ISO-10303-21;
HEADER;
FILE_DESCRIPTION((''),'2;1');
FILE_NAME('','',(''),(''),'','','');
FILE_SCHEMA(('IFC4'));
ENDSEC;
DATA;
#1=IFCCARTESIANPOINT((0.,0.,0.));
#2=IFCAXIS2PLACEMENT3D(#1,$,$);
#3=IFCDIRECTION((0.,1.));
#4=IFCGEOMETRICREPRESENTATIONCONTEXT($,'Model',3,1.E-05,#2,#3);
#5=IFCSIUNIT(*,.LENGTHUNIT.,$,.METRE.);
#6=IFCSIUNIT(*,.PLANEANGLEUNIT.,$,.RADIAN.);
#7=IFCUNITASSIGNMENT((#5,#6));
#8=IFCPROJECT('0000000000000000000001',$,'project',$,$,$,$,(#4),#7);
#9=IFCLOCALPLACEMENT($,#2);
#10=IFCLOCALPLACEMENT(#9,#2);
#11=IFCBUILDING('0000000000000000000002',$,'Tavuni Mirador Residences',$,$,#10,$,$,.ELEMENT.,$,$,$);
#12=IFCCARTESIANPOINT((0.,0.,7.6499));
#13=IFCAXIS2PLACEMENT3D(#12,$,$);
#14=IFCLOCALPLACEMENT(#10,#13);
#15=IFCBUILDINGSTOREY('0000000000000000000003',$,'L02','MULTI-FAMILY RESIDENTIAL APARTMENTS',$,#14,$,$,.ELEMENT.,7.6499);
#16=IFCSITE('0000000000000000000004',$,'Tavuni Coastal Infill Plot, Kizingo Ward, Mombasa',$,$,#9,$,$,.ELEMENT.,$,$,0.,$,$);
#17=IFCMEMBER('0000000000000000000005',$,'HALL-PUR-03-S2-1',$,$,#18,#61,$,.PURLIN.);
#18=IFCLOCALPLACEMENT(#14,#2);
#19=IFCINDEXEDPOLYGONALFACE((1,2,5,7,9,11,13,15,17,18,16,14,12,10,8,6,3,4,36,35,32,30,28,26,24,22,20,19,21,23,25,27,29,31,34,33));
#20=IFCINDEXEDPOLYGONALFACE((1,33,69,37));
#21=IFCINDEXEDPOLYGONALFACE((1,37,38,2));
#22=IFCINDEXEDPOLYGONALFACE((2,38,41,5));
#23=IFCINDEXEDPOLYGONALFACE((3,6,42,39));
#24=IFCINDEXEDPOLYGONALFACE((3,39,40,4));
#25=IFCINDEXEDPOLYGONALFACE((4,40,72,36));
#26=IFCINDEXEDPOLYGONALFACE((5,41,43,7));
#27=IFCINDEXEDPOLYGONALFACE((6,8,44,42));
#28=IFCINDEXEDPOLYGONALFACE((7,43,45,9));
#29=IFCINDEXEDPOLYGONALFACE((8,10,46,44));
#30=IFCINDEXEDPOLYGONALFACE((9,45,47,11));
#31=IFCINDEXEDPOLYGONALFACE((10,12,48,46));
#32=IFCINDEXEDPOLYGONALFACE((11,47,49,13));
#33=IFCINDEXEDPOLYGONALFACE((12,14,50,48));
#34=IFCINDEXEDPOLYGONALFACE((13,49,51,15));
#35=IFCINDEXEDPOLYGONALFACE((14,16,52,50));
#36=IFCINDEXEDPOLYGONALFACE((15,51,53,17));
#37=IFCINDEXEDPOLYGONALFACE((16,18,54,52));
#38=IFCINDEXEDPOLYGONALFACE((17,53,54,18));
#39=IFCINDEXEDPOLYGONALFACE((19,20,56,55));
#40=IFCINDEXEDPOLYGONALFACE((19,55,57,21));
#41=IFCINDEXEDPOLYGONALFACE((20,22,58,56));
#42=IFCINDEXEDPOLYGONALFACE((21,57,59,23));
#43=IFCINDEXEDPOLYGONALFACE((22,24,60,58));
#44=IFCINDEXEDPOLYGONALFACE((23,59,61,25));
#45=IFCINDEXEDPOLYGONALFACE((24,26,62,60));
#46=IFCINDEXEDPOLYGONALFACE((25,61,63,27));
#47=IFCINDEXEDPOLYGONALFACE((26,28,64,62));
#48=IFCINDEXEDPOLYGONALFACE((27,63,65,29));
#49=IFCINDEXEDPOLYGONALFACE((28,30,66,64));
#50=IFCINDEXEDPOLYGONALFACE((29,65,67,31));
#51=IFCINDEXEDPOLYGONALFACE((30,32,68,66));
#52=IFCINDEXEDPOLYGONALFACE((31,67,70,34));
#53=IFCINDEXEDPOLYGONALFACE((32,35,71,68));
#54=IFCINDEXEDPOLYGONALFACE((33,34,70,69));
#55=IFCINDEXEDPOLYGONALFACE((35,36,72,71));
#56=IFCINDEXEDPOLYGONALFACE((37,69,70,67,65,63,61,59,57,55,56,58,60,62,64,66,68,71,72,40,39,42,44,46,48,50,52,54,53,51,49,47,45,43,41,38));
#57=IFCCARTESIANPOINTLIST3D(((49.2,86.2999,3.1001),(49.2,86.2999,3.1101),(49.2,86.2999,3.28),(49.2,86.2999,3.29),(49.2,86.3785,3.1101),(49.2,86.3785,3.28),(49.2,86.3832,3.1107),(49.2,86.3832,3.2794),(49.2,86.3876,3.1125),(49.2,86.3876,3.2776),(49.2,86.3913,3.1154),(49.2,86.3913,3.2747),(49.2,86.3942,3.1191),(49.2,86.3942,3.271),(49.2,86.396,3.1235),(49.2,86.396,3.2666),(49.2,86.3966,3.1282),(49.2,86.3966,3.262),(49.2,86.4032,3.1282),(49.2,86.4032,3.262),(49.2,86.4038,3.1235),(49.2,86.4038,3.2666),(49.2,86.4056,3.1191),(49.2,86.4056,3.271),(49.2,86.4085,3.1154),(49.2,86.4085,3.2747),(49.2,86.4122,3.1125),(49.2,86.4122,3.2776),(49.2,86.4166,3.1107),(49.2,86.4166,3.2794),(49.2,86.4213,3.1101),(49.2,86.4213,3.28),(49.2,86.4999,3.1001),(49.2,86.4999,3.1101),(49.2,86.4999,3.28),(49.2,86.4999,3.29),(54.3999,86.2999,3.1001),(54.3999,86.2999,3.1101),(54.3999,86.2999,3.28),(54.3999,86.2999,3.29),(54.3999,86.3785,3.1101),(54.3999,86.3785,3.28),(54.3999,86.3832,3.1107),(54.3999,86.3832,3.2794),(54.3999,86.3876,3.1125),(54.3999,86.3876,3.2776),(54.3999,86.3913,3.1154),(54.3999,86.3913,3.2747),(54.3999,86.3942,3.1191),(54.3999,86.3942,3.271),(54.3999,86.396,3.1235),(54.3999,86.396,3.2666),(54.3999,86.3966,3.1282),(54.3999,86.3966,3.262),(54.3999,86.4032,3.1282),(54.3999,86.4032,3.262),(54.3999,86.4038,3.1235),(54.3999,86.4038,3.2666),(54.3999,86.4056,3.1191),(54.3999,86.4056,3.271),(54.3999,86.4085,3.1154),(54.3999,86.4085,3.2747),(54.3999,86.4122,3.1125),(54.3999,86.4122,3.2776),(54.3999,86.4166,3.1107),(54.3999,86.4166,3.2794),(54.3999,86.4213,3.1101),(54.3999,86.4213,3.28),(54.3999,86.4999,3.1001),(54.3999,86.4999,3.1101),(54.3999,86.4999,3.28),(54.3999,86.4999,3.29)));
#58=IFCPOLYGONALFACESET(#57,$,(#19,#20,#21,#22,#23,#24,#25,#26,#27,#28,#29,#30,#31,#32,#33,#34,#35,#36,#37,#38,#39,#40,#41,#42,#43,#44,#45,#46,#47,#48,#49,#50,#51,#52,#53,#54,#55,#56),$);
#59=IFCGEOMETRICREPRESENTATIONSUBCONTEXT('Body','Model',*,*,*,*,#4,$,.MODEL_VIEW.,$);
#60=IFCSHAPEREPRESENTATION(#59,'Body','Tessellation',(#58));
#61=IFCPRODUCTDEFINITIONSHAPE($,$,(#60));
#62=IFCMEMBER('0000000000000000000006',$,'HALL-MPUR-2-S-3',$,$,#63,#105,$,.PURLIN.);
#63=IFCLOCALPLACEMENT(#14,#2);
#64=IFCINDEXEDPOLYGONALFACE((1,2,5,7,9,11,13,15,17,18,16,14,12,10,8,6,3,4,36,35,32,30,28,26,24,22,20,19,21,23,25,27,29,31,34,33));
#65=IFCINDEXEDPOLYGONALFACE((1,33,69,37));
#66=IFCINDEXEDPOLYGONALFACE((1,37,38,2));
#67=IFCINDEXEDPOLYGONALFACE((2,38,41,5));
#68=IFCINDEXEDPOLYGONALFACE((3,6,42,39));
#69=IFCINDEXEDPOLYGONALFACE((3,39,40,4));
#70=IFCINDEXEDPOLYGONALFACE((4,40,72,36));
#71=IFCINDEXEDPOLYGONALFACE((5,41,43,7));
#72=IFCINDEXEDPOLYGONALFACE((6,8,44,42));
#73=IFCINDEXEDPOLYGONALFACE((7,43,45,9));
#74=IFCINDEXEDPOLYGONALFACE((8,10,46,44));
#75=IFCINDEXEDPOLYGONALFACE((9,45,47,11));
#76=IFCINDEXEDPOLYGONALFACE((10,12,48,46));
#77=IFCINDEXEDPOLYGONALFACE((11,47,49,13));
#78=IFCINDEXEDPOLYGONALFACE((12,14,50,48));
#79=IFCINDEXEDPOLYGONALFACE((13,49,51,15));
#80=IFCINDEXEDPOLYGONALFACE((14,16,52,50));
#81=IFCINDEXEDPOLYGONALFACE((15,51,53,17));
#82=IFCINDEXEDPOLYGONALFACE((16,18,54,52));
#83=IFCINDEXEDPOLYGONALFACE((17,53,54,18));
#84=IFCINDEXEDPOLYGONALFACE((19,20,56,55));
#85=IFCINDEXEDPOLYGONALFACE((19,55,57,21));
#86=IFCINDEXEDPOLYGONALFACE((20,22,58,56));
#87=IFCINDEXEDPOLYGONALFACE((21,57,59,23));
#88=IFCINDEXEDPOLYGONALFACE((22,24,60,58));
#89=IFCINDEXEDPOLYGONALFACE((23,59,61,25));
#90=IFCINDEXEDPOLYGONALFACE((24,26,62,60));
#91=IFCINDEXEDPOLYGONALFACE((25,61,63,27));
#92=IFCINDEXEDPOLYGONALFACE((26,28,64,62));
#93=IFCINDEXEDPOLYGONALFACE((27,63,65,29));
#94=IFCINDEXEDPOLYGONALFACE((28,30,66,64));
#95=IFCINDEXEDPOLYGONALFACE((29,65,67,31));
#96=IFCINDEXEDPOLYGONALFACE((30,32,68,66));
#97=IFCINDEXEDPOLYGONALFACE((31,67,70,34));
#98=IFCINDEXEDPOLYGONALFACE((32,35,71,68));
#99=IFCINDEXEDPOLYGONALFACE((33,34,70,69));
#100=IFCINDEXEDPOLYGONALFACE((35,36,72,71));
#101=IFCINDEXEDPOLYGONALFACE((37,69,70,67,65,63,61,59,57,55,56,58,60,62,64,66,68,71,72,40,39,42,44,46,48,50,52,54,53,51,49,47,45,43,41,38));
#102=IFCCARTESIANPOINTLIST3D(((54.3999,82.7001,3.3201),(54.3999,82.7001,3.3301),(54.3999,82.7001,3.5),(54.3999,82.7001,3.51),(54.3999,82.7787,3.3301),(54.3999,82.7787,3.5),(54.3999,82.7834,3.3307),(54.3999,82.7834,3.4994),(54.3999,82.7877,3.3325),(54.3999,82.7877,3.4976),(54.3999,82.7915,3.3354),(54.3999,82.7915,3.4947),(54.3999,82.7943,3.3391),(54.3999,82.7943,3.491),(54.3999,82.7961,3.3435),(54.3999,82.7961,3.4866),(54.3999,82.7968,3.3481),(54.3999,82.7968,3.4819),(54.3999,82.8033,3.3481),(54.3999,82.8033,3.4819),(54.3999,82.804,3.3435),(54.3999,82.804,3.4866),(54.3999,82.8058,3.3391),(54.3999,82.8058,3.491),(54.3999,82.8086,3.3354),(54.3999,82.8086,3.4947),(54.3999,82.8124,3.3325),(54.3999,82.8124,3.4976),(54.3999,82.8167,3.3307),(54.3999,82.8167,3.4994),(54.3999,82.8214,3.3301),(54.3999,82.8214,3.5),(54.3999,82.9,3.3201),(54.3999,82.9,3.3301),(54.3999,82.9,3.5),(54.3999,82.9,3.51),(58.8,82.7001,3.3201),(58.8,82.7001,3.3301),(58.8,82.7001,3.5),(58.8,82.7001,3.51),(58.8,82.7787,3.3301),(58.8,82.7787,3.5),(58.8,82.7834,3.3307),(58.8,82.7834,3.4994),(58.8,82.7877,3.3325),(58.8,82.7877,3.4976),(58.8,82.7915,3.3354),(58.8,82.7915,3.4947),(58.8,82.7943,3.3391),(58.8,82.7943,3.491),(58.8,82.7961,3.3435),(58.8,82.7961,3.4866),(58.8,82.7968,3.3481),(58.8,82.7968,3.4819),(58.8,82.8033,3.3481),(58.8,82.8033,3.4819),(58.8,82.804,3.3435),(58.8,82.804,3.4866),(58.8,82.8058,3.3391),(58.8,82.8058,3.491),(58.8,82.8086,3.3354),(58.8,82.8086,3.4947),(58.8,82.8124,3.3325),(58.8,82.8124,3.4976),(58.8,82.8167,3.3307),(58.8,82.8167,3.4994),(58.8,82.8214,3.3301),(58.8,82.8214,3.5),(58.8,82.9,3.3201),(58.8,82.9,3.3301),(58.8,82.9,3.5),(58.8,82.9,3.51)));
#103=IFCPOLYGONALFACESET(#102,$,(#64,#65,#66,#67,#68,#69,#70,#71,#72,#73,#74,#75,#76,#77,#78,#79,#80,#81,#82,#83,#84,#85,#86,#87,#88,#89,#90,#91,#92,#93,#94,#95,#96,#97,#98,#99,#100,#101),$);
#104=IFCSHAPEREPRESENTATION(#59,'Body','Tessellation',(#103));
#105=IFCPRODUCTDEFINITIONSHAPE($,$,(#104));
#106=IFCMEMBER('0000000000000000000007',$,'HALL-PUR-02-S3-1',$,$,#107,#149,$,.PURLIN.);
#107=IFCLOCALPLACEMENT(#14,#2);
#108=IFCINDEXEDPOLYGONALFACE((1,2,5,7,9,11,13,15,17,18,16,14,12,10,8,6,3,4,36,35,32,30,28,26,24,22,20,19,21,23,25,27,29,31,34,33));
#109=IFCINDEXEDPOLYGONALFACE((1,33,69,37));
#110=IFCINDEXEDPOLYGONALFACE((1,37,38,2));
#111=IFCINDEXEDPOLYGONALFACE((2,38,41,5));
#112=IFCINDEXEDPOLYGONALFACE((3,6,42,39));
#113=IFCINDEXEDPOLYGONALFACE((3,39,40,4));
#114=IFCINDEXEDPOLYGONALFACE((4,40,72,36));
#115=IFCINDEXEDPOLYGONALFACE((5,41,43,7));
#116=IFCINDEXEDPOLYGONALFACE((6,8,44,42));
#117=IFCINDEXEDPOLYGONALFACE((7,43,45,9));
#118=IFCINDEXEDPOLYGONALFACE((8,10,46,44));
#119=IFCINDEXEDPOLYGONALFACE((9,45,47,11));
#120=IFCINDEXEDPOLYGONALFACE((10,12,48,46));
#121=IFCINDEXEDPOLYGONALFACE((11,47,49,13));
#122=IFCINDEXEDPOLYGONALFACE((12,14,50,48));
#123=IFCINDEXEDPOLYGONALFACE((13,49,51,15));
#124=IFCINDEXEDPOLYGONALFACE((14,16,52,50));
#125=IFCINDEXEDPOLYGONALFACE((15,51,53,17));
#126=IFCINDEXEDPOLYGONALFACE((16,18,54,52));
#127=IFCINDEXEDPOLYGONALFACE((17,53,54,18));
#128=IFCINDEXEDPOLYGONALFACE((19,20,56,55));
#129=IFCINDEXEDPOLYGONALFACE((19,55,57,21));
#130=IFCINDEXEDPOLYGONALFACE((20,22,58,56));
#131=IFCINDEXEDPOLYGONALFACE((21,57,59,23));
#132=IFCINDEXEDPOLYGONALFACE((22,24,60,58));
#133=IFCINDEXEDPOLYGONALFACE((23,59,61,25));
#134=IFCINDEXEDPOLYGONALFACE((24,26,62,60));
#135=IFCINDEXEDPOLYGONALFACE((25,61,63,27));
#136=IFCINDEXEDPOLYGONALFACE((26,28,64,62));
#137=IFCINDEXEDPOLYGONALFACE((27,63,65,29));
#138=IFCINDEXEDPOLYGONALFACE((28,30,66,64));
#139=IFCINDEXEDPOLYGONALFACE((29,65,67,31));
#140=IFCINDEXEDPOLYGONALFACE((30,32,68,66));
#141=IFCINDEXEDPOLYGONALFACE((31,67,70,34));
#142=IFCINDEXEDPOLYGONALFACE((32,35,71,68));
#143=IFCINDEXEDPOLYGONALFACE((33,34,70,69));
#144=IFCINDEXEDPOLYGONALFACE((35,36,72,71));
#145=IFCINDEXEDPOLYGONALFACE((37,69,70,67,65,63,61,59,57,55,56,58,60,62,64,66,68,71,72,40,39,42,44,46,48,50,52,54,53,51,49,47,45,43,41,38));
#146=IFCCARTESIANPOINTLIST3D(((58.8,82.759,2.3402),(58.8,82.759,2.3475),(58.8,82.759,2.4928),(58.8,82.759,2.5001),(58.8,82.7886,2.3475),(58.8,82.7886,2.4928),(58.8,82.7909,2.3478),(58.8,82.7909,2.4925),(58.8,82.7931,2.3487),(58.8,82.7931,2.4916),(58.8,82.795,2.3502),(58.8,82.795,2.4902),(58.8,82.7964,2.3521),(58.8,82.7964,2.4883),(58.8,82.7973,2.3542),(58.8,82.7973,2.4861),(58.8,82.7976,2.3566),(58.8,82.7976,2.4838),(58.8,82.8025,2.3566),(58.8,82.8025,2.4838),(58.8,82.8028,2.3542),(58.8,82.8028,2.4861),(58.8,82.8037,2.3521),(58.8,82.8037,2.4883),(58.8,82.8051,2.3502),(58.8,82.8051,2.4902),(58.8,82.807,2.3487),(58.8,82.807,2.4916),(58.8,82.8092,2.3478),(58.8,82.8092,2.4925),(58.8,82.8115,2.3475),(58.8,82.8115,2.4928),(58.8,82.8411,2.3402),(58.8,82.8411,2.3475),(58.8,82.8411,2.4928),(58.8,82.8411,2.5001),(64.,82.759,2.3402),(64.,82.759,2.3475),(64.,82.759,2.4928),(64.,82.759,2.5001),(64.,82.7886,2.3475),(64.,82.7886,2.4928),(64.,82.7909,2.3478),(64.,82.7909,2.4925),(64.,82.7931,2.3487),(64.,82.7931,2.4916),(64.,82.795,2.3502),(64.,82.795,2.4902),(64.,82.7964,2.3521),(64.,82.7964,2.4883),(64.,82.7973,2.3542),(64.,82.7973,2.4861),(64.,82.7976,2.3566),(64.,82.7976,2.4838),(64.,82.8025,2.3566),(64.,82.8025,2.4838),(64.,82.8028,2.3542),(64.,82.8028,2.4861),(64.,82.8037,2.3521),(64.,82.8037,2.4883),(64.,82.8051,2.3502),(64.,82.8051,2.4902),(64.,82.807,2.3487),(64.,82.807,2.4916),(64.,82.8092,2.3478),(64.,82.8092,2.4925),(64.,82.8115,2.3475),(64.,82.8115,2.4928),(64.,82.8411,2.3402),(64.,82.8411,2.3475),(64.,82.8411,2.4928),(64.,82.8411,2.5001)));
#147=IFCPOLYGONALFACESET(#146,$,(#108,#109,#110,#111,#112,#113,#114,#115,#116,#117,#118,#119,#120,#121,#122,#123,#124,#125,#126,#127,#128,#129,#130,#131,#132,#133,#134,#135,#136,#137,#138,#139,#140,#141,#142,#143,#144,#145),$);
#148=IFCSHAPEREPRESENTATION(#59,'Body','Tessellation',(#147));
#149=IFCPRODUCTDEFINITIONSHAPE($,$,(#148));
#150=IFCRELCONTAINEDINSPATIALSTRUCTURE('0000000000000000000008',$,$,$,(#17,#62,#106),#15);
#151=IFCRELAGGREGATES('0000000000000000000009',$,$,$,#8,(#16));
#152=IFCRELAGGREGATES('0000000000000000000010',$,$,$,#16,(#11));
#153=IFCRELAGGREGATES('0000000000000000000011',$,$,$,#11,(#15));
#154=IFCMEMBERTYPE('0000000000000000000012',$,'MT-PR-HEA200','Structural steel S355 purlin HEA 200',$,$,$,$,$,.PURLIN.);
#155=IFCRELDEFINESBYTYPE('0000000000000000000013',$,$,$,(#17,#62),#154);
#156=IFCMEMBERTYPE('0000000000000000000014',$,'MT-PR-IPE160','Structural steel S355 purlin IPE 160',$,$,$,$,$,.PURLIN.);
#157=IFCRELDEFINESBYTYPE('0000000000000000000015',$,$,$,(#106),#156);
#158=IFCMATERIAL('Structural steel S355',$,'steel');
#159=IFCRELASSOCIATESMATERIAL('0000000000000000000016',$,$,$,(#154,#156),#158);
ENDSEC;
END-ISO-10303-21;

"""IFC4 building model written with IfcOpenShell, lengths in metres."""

from ifc_helpers import new_model, si_unit, direction, frame, origin, origin_2d, place, context, subcontext, project, spatial, i_section, extrude, material, material_profile, profile_set, type_object, element, save


model = new_model("IFC4")

# Units and contexts
model_context = context("Model", 3, precision=1e-05, world=origin(), true_north=direction((0.0, 1.0)))
body_context = subcontext(model_context, "Body", "Model", "MODEL_VIEW")
ifc_project = project(units=[si_unit("LENGTHUNIT", "METRE"), si_unit("PLANEANGLEUNIT", "RADIAN")], contexts=[model_context])

# Site, building, storey
site_placement = place(None, origin())
site = spatial("IfcSite", under=ifc_project, at=site_placement, Name="Tavuni Coastal Infill Plot, Kizingo Ward, Mombasa", CompositionType="ELEMENT", RefElevation=0.0)
building_placement = place(site_placement, origin())
building = spatial("IfcBuilding", under=site, at=building_placement, Name="Tavuni Mirador Residences", CompositionType="ELEMENT")
storey_placement = place(building_placement, frame((0.0, 0.0, 7.6499)))
storey = spatial("IfcBuildingStorey", under=building, at=storey_placement, Name="L02", Description="MULTI-FAMILY RESIDENTIAL APARTMENTS", CompositionType="ELEMENT", Elevation=7.6499)

# Members
ifc_material_1 = material(Name="Structural steel S355", Category="steel")
ifc_material_profile_1 = material_profile(ifc_material_1, i_section(OverallWidth=0.2, OverallDepth=0.1899, WebThickness=0.0066, FlangeThickness=0.01, FilletRadius=0.0181, at=origin_2d()), Name="HEA 200", Category="steel")
ifc_profile_set_1 = profile_set([ifc_material_profile_1], Name="Structural steel S355")
member_type_1 = type_object("IfcMemberType", Name="MT-PR-HEA200", Description="Structural steel S355 purlin HEA 200", PredefinedType="PURLIN", material=ifc_profile_set_1)
member_1_placement = place(storey_placement, frame((49.2, 86.3999, 3.1951), z_axis=(1.0, 0.0, 0.0), x_axis=(0.0, 1.0, 0.0)))
element("IfcMember", 1, at=member_1_placement, inside=storey, type_object=member_type_1, Name="HALL-PUR-03-S2-1", PredefinedType="PURLIN", context=body_context, shape_type="SweptSolid", body=[
    extrude(i_section(OverallWidth=0.2, OverallDepth=0.1899, WebThickness=0.0066, FlangeThickness=0.01, FilletRadius=0.0181, at=origin_2d()), origin(), (0.0, 0.0, 1.0), 5.2),
])
member_2_placement = place(storey_placement, frame((54.3999, 82.8, 3.415), z_axis=(1.0, 0.0, 0.0), x_axis=(0.0, 1.0, 0.0)))
element("IfcMember", 2, at=member_2_placement, inside=storey, type_object=member_type_1, Name="HALL-MPUR-2-S-3", PredefinedType="PURLIN", context=body_context, shape_type="SweptSolid", body=[
    extrude(i_section(OverallWidth=0.2, OverallDepth=0.1899, WebThickness=0.0066, FlangeThickness=0.01, FilletRadius=0.0181, at=origin_2d()), origin(), (0.0, 0.0, 1.0), 4.4001),
])
ifc_material_profile_2 = material_profile(ifc_material_1, i_section(OverallWidth=0.082, OverallDepth=0.1599, WebThickness=0.0049, FlangeThickness=0.0073, FilletRadius=0.009, at=origin_2d()), Name="IPE 160", Category="steel")
ifc_profile_set_2 = profile_set([ifc_material_profile_2], Name="Structural steel S355")
member_type_2 = type_object("IfcMemberType", Name="MT-PR-IPE160", Description="Structural steel S355 purlin IPE 160", PredefinedType="PURLIN", material=ifc_profile_set_2)
member_3_placement = place(storey_placement, frame((58.8, 82.8, 2.4202), z_axis=(1.0, 0.0, 0.0), x_axis=(0.0, 1.0, 0.0)))
element("IfcMember", 3, at=member_3_placement, inside=storey, type_object=member_type_2, Name="HALL-PUR-02-S3-1", PredefinedType="PURLIN", context=body_context, shape_type="SweptSolid", body=[
    extrude(i_section(OverallWidth=0.082, OverallDepth=0.1599, WebThickness=0.0049, FlangeThickness=0.0073, FilletRadius=0.009, at=origin_2d()), origin(), (0.0, 0.0, 1.0), 5.2),
])

save(model, "model.ifc")
